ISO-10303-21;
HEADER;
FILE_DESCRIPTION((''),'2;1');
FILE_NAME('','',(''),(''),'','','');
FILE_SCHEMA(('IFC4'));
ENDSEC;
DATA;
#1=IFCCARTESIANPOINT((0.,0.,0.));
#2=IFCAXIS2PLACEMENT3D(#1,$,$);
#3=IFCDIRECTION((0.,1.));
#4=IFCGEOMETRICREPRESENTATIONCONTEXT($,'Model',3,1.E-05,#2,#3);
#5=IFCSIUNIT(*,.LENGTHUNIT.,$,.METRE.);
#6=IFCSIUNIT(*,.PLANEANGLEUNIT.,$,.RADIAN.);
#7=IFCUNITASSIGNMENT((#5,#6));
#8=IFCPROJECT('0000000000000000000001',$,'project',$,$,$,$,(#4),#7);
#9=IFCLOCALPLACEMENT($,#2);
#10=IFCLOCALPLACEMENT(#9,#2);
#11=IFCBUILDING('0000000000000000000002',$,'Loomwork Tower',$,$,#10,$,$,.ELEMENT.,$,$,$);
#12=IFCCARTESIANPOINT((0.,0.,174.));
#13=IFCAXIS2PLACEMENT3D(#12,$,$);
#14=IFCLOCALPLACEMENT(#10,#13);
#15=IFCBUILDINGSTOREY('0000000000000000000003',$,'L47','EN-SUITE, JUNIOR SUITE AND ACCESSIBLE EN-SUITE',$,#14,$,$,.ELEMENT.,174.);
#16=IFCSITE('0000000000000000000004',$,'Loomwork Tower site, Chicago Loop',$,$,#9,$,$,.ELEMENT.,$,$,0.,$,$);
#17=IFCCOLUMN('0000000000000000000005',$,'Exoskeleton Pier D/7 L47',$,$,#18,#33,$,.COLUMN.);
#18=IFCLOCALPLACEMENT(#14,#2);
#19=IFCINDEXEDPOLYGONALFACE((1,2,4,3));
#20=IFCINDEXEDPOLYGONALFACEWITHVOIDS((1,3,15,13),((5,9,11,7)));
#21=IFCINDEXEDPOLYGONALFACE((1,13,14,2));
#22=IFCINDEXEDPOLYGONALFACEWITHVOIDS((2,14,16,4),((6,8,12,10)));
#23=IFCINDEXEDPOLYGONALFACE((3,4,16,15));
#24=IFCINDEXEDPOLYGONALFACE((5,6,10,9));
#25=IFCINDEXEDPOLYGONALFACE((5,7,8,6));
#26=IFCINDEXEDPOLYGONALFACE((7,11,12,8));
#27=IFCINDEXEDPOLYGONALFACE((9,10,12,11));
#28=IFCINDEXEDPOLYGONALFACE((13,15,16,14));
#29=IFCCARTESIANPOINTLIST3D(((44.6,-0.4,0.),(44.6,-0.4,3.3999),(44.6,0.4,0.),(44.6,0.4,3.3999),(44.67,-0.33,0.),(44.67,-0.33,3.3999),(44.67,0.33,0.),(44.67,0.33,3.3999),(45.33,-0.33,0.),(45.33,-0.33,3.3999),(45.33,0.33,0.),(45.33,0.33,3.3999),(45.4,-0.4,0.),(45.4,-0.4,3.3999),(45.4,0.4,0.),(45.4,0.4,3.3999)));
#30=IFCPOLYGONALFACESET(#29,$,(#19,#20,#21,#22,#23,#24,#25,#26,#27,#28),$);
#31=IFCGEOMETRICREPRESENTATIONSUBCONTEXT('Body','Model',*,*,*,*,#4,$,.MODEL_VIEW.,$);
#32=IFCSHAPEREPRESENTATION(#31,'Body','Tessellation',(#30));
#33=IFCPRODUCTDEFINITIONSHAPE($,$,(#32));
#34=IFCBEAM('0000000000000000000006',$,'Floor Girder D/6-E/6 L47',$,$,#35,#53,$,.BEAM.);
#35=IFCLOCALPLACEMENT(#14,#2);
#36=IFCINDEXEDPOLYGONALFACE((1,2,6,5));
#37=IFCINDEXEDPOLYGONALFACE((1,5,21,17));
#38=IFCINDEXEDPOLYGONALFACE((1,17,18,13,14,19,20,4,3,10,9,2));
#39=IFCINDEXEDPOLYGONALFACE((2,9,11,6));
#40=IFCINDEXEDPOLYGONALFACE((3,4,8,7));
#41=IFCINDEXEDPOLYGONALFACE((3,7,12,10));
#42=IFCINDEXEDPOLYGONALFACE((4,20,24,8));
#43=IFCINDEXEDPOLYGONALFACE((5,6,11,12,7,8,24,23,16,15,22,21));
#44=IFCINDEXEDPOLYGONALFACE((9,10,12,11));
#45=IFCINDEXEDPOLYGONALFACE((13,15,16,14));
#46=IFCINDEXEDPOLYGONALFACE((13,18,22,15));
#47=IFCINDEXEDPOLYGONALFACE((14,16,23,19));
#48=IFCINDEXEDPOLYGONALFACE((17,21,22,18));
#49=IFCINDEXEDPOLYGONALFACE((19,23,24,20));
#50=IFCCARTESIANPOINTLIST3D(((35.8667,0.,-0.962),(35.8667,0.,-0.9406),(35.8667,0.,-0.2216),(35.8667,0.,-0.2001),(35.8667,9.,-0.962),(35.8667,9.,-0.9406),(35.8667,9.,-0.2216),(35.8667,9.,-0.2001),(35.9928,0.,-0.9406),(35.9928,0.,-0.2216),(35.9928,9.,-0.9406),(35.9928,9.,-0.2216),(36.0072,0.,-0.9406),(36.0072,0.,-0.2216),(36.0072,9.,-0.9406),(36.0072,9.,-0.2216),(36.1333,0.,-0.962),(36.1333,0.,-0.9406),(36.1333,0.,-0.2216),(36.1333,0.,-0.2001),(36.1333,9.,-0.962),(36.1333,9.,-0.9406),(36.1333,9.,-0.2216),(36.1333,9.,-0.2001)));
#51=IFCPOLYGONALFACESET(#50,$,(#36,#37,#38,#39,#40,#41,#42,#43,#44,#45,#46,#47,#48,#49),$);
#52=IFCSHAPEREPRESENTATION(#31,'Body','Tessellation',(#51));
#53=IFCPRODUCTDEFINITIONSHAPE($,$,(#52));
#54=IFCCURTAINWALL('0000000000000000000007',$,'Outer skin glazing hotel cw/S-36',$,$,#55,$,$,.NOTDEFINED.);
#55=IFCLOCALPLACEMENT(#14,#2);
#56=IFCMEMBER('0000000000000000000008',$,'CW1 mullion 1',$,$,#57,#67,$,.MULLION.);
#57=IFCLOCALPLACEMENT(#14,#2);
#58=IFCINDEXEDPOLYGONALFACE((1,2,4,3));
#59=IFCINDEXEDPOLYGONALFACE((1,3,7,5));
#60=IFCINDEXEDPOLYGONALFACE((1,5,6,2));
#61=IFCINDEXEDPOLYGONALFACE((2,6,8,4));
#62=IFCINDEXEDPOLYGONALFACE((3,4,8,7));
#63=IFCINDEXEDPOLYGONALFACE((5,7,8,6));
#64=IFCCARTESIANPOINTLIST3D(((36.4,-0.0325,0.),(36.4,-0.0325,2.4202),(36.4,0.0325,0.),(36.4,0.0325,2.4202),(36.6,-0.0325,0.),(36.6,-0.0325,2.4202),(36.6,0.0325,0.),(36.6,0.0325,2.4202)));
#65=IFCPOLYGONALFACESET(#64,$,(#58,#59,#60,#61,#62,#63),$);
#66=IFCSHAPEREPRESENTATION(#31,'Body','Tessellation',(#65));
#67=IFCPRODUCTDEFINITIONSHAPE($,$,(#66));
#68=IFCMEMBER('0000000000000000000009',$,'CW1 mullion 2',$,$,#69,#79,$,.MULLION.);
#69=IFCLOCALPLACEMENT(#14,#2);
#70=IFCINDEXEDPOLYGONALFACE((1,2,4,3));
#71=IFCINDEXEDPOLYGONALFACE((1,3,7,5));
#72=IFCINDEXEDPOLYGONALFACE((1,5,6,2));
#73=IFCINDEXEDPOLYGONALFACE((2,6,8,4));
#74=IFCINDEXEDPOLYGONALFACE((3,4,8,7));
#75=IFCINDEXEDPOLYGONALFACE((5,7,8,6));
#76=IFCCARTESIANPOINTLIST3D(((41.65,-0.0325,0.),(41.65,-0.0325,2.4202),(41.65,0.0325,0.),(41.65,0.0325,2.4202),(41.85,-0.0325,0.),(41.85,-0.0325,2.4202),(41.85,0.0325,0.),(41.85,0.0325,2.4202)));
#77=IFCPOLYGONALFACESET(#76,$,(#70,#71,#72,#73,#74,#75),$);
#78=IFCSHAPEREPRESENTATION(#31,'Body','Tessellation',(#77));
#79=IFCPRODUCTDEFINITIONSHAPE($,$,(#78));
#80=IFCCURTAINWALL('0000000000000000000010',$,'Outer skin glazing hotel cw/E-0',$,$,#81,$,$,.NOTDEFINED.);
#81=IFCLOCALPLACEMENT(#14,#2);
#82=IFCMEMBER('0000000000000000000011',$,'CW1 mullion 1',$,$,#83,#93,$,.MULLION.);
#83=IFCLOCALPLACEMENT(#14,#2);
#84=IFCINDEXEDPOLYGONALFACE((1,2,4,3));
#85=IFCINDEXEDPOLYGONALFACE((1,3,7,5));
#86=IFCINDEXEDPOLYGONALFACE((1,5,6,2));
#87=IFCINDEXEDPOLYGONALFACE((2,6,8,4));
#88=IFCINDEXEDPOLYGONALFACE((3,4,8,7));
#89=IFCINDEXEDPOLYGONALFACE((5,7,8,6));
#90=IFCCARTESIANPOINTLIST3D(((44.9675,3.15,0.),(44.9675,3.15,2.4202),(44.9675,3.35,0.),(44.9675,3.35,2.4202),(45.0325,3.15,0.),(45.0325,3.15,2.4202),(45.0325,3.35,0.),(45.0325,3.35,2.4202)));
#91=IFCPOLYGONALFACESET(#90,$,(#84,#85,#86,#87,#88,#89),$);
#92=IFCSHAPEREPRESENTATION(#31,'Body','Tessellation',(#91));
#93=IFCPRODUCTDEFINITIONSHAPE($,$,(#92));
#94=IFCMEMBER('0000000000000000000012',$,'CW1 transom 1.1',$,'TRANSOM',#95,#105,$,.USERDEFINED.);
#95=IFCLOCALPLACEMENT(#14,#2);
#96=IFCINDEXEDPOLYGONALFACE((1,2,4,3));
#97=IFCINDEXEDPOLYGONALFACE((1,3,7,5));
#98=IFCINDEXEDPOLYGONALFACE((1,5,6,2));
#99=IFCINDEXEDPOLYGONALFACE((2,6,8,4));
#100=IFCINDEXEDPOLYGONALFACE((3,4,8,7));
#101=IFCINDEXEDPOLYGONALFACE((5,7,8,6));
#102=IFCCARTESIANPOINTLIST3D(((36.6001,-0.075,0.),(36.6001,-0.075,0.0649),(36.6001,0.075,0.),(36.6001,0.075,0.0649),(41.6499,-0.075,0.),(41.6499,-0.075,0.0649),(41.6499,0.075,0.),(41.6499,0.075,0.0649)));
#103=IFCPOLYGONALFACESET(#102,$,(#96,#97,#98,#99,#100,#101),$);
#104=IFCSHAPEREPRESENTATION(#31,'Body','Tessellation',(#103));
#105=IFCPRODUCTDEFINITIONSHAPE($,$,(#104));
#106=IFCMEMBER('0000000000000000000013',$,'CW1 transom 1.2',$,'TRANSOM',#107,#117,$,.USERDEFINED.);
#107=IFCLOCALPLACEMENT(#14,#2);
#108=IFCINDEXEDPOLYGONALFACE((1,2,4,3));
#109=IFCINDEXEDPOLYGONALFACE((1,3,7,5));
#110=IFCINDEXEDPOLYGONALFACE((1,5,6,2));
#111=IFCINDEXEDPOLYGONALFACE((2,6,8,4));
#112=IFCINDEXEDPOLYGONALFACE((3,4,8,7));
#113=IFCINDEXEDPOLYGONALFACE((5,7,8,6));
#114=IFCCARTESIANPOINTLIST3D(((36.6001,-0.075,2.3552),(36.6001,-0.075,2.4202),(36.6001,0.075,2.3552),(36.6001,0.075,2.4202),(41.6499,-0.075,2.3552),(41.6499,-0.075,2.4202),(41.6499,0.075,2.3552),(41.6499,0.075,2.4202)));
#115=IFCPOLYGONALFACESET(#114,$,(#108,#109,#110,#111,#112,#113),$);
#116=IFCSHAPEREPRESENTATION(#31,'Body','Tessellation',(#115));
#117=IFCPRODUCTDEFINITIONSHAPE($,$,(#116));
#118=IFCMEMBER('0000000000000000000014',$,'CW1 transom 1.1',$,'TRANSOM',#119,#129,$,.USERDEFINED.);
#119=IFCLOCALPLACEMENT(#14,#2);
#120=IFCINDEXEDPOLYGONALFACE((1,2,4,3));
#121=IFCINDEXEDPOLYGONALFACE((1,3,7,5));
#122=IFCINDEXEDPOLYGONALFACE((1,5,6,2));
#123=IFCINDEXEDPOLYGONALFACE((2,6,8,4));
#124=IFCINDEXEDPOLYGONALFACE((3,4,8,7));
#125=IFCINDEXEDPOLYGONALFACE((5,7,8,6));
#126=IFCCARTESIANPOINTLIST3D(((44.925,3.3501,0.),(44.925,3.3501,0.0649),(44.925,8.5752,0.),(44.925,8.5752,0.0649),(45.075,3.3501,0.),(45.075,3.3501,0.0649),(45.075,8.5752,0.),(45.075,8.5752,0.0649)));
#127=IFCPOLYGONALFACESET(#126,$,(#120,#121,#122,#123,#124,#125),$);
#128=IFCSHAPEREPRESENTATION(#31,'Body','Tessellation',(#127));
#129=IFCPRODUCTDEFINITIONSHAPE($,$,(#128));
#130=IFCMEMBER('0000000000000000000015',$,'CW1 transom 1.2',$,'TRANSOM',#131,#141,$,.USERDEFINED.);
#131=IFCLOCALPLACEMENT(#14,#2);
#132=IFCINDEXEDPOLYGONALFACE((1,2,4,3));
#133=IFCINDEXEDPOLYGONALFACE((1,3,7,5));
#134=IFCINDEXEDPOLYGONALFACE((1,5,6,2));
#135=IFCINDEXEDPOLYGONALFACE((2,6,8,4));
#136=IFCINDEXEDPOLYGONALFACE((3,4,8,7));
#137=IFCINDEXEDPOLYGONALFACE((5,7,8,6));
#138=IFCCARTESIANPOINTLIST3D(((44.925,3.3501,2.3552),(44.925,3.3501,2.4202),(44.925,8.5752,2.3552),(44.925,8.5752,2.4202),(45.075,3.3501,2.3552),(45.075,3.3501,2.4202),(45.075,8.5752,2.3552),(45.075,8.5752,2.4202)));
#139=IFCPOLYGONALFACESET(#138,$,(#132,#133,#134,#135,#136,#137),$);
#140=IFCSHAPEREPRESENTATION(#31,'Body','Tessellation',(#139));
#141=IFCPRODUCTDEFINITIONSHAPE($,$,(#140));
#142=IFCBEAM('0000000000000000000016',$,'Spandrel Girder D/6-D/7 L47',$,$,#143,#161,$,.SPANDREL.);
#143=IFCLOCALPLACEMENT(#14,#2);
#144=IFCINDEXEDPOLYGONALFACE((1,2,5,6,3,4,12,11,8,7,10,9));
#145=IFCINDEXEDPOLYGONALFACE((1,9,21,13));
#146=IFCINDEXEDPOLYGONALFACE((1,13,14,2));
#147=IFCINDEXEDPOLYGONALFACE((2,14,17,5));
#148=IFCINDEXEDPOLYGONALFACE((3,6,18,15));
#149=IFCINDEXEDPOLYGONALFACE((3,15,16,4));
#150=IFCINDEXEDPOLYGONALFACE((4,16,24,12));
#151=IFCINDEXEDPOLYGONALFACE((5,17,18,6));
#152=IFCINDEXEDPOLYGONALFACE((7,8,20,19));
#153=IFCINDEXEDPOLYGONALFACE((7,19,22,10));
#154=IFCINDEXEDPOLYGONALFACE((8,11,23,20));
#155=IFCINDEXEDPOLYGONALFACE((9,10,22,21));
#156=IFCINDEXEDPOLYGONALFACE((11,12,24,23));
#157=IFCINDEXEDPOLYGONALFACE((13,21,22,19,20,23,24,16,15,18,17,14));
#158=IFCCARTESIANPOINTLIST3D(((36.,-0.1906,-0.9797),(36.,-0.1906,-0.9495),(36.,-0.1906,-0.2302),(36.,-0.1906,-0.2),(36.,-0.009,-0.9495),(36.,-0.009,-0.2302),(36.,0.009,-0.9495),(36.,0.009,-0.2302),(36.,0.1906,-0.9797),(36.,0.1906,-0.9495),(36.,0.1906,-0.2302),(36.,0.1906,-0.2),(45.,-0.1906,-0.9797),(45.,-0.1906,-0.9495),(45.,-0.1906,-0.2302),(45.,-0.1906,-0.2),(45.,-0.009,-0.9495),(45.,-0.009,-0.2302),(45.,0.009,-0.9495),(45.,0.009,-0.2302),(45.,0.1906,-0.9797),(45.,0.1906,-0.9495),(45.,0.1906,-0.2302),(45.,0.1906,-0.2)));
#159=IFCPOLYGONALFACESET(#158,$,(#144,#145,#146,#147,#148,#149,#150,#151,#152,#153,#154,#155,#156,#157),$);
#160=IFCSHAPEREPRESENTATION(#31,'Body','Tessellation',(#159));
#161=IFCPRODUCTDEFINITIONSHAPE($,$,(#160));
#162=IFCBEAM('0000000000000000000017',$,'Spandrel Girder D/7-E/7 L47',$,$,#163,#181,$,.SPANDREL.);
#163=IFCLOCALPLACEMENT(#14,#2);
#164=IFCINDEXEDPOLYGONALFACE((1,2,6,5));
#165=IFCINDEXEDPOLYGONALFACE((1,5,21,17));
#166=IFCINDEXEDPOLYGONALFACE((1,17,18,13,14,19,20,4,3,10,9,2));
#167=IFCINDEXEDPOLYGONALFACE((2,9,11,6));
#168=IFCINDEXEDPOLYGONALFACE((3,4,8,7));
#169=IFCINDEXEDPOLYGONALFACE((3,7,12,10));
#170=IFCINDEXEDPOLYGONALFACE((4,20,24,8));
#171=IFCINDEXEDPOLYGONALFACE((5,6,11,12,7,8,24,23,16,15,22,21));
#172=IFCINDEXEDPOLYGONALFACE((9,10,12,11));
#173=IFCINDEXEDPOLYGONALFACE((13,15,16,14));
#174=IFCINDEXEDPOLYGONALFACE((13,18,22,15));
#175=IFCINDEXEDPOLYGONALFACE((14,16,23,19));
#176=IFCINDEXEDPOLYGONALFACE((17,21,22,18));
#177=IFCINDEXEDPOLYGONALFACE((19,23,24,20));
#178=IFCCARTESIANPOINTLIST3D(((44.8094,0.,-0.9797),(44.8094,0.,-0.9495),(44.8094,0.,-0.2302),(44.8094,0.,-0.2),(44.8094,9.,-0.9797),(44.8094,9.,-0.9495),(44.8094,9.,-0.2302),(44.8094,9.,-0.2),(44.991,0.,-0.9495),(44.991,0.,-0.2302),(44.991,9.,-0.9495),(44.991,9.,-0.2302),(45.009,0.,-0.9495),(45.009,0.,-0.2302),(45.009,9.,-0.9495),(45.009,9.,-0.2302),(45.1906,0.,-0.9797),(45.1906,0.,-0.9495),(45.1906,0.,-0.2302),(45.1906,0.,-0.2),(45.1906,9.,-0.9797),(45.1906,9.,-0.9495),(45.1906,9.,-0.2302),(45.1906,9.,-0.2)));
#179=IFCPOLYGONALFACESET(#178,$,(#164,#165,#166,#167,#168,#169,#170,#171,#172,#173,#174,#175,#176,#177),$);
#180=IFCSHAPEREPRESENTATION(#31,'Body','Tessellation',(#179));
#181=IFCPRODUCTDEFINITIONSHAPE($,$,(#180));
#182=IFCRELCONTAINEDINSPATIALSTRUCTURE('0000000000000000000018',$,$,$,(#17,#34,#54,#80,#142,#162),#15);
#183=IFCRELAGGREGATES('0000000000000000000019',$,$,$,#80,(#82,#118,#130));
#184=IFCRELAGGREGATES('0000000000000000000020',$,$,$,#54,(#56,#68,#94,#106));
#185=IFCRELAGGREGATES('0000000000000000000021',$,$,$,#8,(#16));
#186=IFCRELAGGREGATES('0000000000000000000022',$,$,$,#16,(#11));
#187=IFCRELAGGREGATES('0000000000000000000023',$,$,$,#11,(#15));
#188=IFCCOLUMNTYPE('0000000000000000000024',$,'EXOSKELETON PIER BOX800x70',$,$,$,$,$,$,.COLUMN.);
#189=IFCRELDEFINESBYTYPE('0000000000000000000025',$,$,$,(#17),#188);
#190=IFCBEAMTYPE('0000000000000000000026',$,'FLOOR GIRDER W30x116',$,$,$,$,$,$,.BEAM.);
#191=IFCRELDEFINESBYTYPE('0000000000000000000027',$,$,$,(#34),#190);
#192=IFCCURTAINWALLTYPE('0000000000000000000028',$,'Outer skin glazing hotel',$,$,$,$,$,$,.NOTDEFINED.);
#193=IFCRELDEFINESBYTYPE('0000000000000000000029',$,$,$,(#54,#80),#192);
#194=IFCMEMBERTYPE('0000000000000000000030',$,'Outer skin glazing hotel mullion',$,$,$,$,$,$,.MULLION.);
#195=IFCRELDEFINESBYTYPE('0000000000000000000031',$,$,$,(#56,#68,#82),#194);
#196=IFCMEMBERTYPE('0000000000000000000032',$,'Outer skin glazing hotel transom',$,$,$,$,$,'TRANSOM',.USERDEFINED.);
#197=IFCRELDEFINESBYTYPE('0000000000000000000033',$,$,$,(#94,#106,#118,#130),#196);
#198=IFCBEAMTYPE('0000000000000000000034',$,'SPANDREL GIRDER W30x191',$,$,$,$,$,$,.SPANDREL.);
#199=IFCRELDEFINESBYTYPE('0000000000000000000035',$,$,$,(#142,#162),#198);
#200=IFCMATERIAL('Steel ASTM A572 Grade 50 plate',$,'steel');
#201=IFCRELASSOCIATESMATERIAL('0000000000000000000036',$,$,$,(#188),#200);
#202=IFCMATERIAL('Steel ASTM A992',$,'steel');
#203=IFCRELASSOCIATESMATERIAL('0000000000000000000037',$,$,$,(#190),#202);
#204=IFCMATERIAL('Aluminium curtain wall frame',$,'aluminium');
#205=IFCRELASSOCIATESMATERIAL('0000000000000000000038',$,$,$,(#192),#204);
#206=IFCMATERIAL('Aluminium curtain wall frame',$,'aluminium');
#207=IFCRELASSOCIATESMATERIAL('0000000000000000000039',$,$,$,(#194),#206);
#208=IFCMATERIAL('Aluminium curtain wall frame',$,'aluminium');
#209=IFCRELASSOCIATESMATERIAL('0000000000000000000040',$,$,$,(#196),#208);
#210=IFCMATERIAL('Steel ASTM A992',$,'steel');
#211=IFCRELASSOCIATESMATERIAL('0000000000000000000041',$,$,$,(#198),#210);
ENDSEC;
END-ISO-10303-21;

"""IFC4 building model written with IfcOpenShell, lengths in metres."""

from ifc_helpers import new_model, si_unit, direction, frame, origin, origin_2d, place, context, subcontext, project, spatial, rectangle, hollow_rectangle, i_section, extrude, material, material_profile, profile_set, type_object, element, aggregate, save


model = new_model("IFC4")

# Units and contexts
model_context = context("Model", 3, precision=1e-05, world=origin(), true_north=direction((0.0, 1.0)))
body_context = subcontext(model_context, "Body", "Model", "MODEL_VIEW")
ifc_project = project(units=[si_unit("LENGTHUNIT", "METRE"), si_unit("PLANEANGLEUNIT", "RADIAN")], contexts=[model_context])

# Site, building, storey
site_placement = place(None, origin())
site = spatial("IfcSite", under=ifc_project, at=site_placement, Name="Loomwork Tower site, Chicago Loop", CompositionType="ELEMENT", RefElevation=0.0)
building_placement = place(site_placement, origin())
building = spatial("IfcBuilding", under=site, at=building_placement, Name="Loomwork Tower", CompositionType="ELEMENT")
storey_placement = place(building_placement, frame((0.0, 0.0, 174.0)))
storey = spatial("IfcBuildingStorey", under=building, at=storey_placement, Name="L47", Description="EN-SUITE, JUNIOR SUITE AND ACCESSIBLE EN-SUITE", CompositionType="ELEMENT", Elevation=174.0)

# Column
ifc_material_1 = material(Name="Steel ASTM A572 Grade 50 plate", Category="steel")
ifc_material_profile_1 = material_profile(ifc_material_1, hollow_rectangle(XDim=0.8, YDim=0.8, WallThickness=0.0701, at=origin_2d()), Name="BOX800x70")
ifc_profile_set_1 = profile_set([ifc_material_profile_1], Name="Steel ASTM A572 Grade 50 plate")
column_type = type_object("IfcColumnType", Name="EXOSKELETON PIER BOX800x70", PredefinedType="COLUMN", material=ifc_profile_set_1)
column_placement = place(storey_placement, frame((45.0, 0.0, 0.0), z_axis=(0.0, 0.0, 1.0), x_axis=(1.0, 0.0, 0.0)))
element("IfcColumn", 1, at=column_placement, inside=storey, type_object=column_type, Name="Exoskeleton Pier D/7 L47", PredefinedType="COLUMN", context=body_context, shape_type="SweptSolid", body=[
    extrude(hollow_rectangle(XDim=0.8, YDim=0.8, WallThickness=0.0701, at=origin_2d()), origin(), (0.0, 0.0, 1.0), 3.3999),
])

# Beam
ifc_material_2 = material(Name="Steel ASTM A992", Category="steel")
ifc_material_profile_2 = material_profile(ifc_material_2, i_section(OverallWidth=0.2666, OverallDepth=0.762, WebThickness=0.0144, FlangeThickness=0.0215, at=origin_2d()), Name="W30x116")
ifc_profile_set_2 = profile_set([ifc_material_profile_2], Name="Steel ASTM A992")
beam_type_1 = type_object("IfcBeamType", Name="FLOOR GIRDER W30x116", PredefinedType="BEAM", material=ifc_profile_set_2)
beam_placement = place(storey_placement, frame((36.0, 0.0, -0.5811), z_axis=(0.0, 1.0, 0.0), x_axis=(-1.0, 0.0, 0.0)))
element("IfcBeam", 2, at=beam_placement, inside=storey, type_object=beam_type_1, Name="Floor Girder D/6-E/6 L47", PredefinedType="BEAM", context=body_context, shape_type="SweptSolid", body=[
    extrude(i_section(OverallWidth=0.2666, OverallDepth=0.762, WebThickness=0.0144, FlangeThickness=0.0215, at=origin_2d()), origin(), (0.0, 0.0, 1.0), 9.0),
])

# Curtain wall, members
ifc_material_3 = material(Name="Aluminium curtain wall frame", Category="aluminium")
curtain_wall_type = type_object("IfcCurtainWallType", Name="Outer skin glazing hotel", PredefinedType="NOTDEFINED", material=ifc_material_3)
curtain_wall_1_placement = place(storey_placement, origin())
curtain_wall_1 = element("IfcCurtainWall", 3, at=curtain_wall_1_placement, inside=storey, type_object=curtain_wall_type, Name="Outer skin glazing hotel cw/S-36", PredefinedType="NOTDEFINED")
ifc_material_4 = material(Name="Aluminium curtain wall frame", Category="aluminium")
ifc_material_profile_3 = material_profile(ifc_material_4, rectangle(XDim=0.0649, YDim=0.2, at=origin_2d()), Name="AL 65x200")
ifc_profile_set_3 = profile_set([ifc_material_profile_3], Name="Aluminium curtain wall frame")
member_type_1 = type_object("IfcMemberType", Name="Outer skin glazing hotel mullion", PredefinedType="MULLION", material=ifc_profile_set_3)
member_1_placement = place(storey_placement, frame((36.5, 0.0, 0.0), z_axis=(0.0, 0.0, 1.0), x_axis=(0.0, 1.0, 0.0)))
member_1 = element("IfcMember", 4, at=member_1_placement, type_object=member_type_1, Name="CW1 mullion 1", PredefinedType="MULLION", context=body_context, shape_type="SweptSolid", body=[
    extrude(rectangle(XDim=0.0649, YDim=0.2, at=origin_2d()), origin(), (0.0, 0.0, 1.0), 2.4202),
])
member_2_placement = place(storey_placement, frame((41.75, 0.0, 0.0), z_axis=(0.0, 0.0, 1.0), x_axis=(0.0, 1.0, 0.0)))
member_2 = element("IfcMember", 5, at=member_2_placement, type_object=member_type_1, Name="CW1 mullion 2", PredefinedType="MULLION", context=body_context, shape_type="SweptSolid", body=[
    extrude(rectangle(XDim=0.0649, YDim=0.2, at=origin_2d()), origin(), (0.0, 0.0, 1.0), 2.4202),
])

# Curtain wall, member
curtain_wall_2_placement = place(storey_placement, origin())
curtain_wall_2 = element("IfcCurtainWall", 6, at=curtain_wall_2_placement, inside=storey, type_object=curtain_wall_type, Name="Outer skin glazing hotel cw/E-0", PredefinedType="NOTDEFINED")
member_3_placement = place(storey_placement, frame((45.0, 3.25, 0.0), z_axis=(0.0, 0.0, 1.0), x_axis=(-1.0, 0.0, 0.0)))
member_3 = element("IfcMember", 7, at=member_3_placement, type_object=member_type_1, Name="CW1 mullion 1", PredefinedType="MULLION", context=body_context, shape_type="SweptSolid", body=[
    extrude(rectangle(XDim=0.0649, YDim=0.2, at=origin_2d()), origin(), (0.0, 0.0, 1.0), 2.4202),
])

# Members
ifc_material_5 = material(Name="Aluminium curtain wall frame", Category="aluminium")
ifc_material_profile_4 = material_profile(ifc_material_5, rectangle(XDim=0.1499, YDim=0.0649, at=origin_2d()), Name="AL 65x150")
ifc_profile_set_4 = profile_set([ifc_material_profile_4], Name="Aluminium curtain wall frame")
member_type_2 = type_object("IfcMemberType", Name="Outer skin glazing hotel transom", ElementType="TRANSOM", PredefinedType="USERDEFINED", material=ifc_profile_set_4)
member_4_placement = place(storey_placement, frame((36.6001, 0.0, 0.0325), z_axis=(1.0, 0.0, 0.0), x_axis=(0.0, 1.0, 0.0)))
member_4 = element("IfcMember", 8, at=member_4_placement, type_object=member_type_2, Name="CW1 transom 1.1", ObjectType="TRANSOM", PredefinedType="USERDEFINED", context=body_context, shape_type="SweptSolid", body=[
    extrude(rectangle(XDim=0.1499, YDim=0.0649, at=origin_2d()), origin(), (0.0, 0.0, 1.0), 5.0498),
])
member_5_placement = place(storey_placement, frame((36.6001, 0.0, 2.3877), z_axis=(1.0, 0.0, 0.0), x_axis=(0.0, 1.0, 0.0)))
member_5 = element("IfcMember", 9, at=member_5_placement, type_object=member_type_2, Name="CW1 transom 1.2", ObjectType="TRANSOM", PredefinedType="USERDEFINED", context=body_context, shape_type="SweptSolid", body=[
    extrude(rectangle(XDim=0.1499, YDim=0.0649, at=origin_2d()), origin(), (0.0, 0.0, 1.0), 5.0498),
])
member_6_placement = place(storey_placement, frame((45.0, 3.3501, 0.0325), z_axis=(0.0, 1.0, 0.0), x_axis=(-1.0, 0.0, 0.0)))
member_6 = element("IfcMember", 10, at=member_6_placement, type_object=member_type_2, Name="CW1 transom 1.1", ObjectType="TRANSOM", PredefinedType="USERDEFINED", context=body_context, shape_type="SweptSolid", body=[
    extrude(rectangle(XDim=0.1499, YDim=0.0649, at=origin_2d()), origin(), (0.0, 0.0, 1.0), 5.2251),
])
member_7_placement = place(storey_placement, frame((45.0, 3.3501, 2.3877), z_axis=(0.0, 1.0, 0.0), x_axis=(-1.0, 0.0, 0.0)))
member_7 = element("IfcMember", 11, at=member_7_placement, type_object=member_type_2, Name="CW1 transom 1.2", ObjectType="TRANSOM", PredefinedType="USERDEFINED", context=body_context, shape_type="SweptSolid", body=[
    extrude(rectangle(XDim=0.1499, YDim=0.0649, at=origin_2d()), origin(), (0.0, 0.0, 1.0), 5.2251),
])
aggregate(curtain_wall_2, [member_3, member_6, member_7])

# Beams
ifc_material_6 = material(Name="Steel ASTM A992", Category="steel")
ifc_material_profile_5 = material_profile(ifc_material_6, i_section(OverallWidth=0.3811, OverallDepth=0.7798, WebThickness=0.0181, FlangeThickness=0.0303, at=origin_2d()), Name="W30x191")
ifc_profile_set_5 = profile_set([ifc_material_profile_5], Name="Steel ASTM A992")
beam_type_2 = type_object("IfcBeamType", Name="SPANDREL GIRDER W30x191", PredefinedType="SPANDREL", material=ifc_profile_set_5)
for number, where, z_axis, x_axis, name in (
    (12, (36.0, 0.0, -0.5898), (1.0, 0.0, 0.0), (0.0, 1.0, 0.0), "Spandrel Girder D/6-D/7 L47"),
    (13, (45.0, 0.0, -0.5898), (0.0, 1.0, 0.0), (-1.0, 0.0, 0.0), "Spandrel Girder D/7-E/7 L47"),
):
    element("IfcBeam", number, at=place(storey_placement, frame(where, z_axis=z_axis, x_axis=x_axis)), inside=storey, type_object=beam_type_2, Name=name, PredefinedType="SPANDREL", context=body_context, shape_type="SweptSolid", body=[
        extrude(i_section(OverallWidth=0.3811, OverallDepth=0.7798, WebThickness=0.0181, FlangeThickness=0.0303, at=origin_2d()), origin(), (0.0, 0.0, 1.0), 9.0),
    ])

aggregate(curtain_wall_1, [member_1, member_2, member_4, member_5])

save(model, "model.ifc")
